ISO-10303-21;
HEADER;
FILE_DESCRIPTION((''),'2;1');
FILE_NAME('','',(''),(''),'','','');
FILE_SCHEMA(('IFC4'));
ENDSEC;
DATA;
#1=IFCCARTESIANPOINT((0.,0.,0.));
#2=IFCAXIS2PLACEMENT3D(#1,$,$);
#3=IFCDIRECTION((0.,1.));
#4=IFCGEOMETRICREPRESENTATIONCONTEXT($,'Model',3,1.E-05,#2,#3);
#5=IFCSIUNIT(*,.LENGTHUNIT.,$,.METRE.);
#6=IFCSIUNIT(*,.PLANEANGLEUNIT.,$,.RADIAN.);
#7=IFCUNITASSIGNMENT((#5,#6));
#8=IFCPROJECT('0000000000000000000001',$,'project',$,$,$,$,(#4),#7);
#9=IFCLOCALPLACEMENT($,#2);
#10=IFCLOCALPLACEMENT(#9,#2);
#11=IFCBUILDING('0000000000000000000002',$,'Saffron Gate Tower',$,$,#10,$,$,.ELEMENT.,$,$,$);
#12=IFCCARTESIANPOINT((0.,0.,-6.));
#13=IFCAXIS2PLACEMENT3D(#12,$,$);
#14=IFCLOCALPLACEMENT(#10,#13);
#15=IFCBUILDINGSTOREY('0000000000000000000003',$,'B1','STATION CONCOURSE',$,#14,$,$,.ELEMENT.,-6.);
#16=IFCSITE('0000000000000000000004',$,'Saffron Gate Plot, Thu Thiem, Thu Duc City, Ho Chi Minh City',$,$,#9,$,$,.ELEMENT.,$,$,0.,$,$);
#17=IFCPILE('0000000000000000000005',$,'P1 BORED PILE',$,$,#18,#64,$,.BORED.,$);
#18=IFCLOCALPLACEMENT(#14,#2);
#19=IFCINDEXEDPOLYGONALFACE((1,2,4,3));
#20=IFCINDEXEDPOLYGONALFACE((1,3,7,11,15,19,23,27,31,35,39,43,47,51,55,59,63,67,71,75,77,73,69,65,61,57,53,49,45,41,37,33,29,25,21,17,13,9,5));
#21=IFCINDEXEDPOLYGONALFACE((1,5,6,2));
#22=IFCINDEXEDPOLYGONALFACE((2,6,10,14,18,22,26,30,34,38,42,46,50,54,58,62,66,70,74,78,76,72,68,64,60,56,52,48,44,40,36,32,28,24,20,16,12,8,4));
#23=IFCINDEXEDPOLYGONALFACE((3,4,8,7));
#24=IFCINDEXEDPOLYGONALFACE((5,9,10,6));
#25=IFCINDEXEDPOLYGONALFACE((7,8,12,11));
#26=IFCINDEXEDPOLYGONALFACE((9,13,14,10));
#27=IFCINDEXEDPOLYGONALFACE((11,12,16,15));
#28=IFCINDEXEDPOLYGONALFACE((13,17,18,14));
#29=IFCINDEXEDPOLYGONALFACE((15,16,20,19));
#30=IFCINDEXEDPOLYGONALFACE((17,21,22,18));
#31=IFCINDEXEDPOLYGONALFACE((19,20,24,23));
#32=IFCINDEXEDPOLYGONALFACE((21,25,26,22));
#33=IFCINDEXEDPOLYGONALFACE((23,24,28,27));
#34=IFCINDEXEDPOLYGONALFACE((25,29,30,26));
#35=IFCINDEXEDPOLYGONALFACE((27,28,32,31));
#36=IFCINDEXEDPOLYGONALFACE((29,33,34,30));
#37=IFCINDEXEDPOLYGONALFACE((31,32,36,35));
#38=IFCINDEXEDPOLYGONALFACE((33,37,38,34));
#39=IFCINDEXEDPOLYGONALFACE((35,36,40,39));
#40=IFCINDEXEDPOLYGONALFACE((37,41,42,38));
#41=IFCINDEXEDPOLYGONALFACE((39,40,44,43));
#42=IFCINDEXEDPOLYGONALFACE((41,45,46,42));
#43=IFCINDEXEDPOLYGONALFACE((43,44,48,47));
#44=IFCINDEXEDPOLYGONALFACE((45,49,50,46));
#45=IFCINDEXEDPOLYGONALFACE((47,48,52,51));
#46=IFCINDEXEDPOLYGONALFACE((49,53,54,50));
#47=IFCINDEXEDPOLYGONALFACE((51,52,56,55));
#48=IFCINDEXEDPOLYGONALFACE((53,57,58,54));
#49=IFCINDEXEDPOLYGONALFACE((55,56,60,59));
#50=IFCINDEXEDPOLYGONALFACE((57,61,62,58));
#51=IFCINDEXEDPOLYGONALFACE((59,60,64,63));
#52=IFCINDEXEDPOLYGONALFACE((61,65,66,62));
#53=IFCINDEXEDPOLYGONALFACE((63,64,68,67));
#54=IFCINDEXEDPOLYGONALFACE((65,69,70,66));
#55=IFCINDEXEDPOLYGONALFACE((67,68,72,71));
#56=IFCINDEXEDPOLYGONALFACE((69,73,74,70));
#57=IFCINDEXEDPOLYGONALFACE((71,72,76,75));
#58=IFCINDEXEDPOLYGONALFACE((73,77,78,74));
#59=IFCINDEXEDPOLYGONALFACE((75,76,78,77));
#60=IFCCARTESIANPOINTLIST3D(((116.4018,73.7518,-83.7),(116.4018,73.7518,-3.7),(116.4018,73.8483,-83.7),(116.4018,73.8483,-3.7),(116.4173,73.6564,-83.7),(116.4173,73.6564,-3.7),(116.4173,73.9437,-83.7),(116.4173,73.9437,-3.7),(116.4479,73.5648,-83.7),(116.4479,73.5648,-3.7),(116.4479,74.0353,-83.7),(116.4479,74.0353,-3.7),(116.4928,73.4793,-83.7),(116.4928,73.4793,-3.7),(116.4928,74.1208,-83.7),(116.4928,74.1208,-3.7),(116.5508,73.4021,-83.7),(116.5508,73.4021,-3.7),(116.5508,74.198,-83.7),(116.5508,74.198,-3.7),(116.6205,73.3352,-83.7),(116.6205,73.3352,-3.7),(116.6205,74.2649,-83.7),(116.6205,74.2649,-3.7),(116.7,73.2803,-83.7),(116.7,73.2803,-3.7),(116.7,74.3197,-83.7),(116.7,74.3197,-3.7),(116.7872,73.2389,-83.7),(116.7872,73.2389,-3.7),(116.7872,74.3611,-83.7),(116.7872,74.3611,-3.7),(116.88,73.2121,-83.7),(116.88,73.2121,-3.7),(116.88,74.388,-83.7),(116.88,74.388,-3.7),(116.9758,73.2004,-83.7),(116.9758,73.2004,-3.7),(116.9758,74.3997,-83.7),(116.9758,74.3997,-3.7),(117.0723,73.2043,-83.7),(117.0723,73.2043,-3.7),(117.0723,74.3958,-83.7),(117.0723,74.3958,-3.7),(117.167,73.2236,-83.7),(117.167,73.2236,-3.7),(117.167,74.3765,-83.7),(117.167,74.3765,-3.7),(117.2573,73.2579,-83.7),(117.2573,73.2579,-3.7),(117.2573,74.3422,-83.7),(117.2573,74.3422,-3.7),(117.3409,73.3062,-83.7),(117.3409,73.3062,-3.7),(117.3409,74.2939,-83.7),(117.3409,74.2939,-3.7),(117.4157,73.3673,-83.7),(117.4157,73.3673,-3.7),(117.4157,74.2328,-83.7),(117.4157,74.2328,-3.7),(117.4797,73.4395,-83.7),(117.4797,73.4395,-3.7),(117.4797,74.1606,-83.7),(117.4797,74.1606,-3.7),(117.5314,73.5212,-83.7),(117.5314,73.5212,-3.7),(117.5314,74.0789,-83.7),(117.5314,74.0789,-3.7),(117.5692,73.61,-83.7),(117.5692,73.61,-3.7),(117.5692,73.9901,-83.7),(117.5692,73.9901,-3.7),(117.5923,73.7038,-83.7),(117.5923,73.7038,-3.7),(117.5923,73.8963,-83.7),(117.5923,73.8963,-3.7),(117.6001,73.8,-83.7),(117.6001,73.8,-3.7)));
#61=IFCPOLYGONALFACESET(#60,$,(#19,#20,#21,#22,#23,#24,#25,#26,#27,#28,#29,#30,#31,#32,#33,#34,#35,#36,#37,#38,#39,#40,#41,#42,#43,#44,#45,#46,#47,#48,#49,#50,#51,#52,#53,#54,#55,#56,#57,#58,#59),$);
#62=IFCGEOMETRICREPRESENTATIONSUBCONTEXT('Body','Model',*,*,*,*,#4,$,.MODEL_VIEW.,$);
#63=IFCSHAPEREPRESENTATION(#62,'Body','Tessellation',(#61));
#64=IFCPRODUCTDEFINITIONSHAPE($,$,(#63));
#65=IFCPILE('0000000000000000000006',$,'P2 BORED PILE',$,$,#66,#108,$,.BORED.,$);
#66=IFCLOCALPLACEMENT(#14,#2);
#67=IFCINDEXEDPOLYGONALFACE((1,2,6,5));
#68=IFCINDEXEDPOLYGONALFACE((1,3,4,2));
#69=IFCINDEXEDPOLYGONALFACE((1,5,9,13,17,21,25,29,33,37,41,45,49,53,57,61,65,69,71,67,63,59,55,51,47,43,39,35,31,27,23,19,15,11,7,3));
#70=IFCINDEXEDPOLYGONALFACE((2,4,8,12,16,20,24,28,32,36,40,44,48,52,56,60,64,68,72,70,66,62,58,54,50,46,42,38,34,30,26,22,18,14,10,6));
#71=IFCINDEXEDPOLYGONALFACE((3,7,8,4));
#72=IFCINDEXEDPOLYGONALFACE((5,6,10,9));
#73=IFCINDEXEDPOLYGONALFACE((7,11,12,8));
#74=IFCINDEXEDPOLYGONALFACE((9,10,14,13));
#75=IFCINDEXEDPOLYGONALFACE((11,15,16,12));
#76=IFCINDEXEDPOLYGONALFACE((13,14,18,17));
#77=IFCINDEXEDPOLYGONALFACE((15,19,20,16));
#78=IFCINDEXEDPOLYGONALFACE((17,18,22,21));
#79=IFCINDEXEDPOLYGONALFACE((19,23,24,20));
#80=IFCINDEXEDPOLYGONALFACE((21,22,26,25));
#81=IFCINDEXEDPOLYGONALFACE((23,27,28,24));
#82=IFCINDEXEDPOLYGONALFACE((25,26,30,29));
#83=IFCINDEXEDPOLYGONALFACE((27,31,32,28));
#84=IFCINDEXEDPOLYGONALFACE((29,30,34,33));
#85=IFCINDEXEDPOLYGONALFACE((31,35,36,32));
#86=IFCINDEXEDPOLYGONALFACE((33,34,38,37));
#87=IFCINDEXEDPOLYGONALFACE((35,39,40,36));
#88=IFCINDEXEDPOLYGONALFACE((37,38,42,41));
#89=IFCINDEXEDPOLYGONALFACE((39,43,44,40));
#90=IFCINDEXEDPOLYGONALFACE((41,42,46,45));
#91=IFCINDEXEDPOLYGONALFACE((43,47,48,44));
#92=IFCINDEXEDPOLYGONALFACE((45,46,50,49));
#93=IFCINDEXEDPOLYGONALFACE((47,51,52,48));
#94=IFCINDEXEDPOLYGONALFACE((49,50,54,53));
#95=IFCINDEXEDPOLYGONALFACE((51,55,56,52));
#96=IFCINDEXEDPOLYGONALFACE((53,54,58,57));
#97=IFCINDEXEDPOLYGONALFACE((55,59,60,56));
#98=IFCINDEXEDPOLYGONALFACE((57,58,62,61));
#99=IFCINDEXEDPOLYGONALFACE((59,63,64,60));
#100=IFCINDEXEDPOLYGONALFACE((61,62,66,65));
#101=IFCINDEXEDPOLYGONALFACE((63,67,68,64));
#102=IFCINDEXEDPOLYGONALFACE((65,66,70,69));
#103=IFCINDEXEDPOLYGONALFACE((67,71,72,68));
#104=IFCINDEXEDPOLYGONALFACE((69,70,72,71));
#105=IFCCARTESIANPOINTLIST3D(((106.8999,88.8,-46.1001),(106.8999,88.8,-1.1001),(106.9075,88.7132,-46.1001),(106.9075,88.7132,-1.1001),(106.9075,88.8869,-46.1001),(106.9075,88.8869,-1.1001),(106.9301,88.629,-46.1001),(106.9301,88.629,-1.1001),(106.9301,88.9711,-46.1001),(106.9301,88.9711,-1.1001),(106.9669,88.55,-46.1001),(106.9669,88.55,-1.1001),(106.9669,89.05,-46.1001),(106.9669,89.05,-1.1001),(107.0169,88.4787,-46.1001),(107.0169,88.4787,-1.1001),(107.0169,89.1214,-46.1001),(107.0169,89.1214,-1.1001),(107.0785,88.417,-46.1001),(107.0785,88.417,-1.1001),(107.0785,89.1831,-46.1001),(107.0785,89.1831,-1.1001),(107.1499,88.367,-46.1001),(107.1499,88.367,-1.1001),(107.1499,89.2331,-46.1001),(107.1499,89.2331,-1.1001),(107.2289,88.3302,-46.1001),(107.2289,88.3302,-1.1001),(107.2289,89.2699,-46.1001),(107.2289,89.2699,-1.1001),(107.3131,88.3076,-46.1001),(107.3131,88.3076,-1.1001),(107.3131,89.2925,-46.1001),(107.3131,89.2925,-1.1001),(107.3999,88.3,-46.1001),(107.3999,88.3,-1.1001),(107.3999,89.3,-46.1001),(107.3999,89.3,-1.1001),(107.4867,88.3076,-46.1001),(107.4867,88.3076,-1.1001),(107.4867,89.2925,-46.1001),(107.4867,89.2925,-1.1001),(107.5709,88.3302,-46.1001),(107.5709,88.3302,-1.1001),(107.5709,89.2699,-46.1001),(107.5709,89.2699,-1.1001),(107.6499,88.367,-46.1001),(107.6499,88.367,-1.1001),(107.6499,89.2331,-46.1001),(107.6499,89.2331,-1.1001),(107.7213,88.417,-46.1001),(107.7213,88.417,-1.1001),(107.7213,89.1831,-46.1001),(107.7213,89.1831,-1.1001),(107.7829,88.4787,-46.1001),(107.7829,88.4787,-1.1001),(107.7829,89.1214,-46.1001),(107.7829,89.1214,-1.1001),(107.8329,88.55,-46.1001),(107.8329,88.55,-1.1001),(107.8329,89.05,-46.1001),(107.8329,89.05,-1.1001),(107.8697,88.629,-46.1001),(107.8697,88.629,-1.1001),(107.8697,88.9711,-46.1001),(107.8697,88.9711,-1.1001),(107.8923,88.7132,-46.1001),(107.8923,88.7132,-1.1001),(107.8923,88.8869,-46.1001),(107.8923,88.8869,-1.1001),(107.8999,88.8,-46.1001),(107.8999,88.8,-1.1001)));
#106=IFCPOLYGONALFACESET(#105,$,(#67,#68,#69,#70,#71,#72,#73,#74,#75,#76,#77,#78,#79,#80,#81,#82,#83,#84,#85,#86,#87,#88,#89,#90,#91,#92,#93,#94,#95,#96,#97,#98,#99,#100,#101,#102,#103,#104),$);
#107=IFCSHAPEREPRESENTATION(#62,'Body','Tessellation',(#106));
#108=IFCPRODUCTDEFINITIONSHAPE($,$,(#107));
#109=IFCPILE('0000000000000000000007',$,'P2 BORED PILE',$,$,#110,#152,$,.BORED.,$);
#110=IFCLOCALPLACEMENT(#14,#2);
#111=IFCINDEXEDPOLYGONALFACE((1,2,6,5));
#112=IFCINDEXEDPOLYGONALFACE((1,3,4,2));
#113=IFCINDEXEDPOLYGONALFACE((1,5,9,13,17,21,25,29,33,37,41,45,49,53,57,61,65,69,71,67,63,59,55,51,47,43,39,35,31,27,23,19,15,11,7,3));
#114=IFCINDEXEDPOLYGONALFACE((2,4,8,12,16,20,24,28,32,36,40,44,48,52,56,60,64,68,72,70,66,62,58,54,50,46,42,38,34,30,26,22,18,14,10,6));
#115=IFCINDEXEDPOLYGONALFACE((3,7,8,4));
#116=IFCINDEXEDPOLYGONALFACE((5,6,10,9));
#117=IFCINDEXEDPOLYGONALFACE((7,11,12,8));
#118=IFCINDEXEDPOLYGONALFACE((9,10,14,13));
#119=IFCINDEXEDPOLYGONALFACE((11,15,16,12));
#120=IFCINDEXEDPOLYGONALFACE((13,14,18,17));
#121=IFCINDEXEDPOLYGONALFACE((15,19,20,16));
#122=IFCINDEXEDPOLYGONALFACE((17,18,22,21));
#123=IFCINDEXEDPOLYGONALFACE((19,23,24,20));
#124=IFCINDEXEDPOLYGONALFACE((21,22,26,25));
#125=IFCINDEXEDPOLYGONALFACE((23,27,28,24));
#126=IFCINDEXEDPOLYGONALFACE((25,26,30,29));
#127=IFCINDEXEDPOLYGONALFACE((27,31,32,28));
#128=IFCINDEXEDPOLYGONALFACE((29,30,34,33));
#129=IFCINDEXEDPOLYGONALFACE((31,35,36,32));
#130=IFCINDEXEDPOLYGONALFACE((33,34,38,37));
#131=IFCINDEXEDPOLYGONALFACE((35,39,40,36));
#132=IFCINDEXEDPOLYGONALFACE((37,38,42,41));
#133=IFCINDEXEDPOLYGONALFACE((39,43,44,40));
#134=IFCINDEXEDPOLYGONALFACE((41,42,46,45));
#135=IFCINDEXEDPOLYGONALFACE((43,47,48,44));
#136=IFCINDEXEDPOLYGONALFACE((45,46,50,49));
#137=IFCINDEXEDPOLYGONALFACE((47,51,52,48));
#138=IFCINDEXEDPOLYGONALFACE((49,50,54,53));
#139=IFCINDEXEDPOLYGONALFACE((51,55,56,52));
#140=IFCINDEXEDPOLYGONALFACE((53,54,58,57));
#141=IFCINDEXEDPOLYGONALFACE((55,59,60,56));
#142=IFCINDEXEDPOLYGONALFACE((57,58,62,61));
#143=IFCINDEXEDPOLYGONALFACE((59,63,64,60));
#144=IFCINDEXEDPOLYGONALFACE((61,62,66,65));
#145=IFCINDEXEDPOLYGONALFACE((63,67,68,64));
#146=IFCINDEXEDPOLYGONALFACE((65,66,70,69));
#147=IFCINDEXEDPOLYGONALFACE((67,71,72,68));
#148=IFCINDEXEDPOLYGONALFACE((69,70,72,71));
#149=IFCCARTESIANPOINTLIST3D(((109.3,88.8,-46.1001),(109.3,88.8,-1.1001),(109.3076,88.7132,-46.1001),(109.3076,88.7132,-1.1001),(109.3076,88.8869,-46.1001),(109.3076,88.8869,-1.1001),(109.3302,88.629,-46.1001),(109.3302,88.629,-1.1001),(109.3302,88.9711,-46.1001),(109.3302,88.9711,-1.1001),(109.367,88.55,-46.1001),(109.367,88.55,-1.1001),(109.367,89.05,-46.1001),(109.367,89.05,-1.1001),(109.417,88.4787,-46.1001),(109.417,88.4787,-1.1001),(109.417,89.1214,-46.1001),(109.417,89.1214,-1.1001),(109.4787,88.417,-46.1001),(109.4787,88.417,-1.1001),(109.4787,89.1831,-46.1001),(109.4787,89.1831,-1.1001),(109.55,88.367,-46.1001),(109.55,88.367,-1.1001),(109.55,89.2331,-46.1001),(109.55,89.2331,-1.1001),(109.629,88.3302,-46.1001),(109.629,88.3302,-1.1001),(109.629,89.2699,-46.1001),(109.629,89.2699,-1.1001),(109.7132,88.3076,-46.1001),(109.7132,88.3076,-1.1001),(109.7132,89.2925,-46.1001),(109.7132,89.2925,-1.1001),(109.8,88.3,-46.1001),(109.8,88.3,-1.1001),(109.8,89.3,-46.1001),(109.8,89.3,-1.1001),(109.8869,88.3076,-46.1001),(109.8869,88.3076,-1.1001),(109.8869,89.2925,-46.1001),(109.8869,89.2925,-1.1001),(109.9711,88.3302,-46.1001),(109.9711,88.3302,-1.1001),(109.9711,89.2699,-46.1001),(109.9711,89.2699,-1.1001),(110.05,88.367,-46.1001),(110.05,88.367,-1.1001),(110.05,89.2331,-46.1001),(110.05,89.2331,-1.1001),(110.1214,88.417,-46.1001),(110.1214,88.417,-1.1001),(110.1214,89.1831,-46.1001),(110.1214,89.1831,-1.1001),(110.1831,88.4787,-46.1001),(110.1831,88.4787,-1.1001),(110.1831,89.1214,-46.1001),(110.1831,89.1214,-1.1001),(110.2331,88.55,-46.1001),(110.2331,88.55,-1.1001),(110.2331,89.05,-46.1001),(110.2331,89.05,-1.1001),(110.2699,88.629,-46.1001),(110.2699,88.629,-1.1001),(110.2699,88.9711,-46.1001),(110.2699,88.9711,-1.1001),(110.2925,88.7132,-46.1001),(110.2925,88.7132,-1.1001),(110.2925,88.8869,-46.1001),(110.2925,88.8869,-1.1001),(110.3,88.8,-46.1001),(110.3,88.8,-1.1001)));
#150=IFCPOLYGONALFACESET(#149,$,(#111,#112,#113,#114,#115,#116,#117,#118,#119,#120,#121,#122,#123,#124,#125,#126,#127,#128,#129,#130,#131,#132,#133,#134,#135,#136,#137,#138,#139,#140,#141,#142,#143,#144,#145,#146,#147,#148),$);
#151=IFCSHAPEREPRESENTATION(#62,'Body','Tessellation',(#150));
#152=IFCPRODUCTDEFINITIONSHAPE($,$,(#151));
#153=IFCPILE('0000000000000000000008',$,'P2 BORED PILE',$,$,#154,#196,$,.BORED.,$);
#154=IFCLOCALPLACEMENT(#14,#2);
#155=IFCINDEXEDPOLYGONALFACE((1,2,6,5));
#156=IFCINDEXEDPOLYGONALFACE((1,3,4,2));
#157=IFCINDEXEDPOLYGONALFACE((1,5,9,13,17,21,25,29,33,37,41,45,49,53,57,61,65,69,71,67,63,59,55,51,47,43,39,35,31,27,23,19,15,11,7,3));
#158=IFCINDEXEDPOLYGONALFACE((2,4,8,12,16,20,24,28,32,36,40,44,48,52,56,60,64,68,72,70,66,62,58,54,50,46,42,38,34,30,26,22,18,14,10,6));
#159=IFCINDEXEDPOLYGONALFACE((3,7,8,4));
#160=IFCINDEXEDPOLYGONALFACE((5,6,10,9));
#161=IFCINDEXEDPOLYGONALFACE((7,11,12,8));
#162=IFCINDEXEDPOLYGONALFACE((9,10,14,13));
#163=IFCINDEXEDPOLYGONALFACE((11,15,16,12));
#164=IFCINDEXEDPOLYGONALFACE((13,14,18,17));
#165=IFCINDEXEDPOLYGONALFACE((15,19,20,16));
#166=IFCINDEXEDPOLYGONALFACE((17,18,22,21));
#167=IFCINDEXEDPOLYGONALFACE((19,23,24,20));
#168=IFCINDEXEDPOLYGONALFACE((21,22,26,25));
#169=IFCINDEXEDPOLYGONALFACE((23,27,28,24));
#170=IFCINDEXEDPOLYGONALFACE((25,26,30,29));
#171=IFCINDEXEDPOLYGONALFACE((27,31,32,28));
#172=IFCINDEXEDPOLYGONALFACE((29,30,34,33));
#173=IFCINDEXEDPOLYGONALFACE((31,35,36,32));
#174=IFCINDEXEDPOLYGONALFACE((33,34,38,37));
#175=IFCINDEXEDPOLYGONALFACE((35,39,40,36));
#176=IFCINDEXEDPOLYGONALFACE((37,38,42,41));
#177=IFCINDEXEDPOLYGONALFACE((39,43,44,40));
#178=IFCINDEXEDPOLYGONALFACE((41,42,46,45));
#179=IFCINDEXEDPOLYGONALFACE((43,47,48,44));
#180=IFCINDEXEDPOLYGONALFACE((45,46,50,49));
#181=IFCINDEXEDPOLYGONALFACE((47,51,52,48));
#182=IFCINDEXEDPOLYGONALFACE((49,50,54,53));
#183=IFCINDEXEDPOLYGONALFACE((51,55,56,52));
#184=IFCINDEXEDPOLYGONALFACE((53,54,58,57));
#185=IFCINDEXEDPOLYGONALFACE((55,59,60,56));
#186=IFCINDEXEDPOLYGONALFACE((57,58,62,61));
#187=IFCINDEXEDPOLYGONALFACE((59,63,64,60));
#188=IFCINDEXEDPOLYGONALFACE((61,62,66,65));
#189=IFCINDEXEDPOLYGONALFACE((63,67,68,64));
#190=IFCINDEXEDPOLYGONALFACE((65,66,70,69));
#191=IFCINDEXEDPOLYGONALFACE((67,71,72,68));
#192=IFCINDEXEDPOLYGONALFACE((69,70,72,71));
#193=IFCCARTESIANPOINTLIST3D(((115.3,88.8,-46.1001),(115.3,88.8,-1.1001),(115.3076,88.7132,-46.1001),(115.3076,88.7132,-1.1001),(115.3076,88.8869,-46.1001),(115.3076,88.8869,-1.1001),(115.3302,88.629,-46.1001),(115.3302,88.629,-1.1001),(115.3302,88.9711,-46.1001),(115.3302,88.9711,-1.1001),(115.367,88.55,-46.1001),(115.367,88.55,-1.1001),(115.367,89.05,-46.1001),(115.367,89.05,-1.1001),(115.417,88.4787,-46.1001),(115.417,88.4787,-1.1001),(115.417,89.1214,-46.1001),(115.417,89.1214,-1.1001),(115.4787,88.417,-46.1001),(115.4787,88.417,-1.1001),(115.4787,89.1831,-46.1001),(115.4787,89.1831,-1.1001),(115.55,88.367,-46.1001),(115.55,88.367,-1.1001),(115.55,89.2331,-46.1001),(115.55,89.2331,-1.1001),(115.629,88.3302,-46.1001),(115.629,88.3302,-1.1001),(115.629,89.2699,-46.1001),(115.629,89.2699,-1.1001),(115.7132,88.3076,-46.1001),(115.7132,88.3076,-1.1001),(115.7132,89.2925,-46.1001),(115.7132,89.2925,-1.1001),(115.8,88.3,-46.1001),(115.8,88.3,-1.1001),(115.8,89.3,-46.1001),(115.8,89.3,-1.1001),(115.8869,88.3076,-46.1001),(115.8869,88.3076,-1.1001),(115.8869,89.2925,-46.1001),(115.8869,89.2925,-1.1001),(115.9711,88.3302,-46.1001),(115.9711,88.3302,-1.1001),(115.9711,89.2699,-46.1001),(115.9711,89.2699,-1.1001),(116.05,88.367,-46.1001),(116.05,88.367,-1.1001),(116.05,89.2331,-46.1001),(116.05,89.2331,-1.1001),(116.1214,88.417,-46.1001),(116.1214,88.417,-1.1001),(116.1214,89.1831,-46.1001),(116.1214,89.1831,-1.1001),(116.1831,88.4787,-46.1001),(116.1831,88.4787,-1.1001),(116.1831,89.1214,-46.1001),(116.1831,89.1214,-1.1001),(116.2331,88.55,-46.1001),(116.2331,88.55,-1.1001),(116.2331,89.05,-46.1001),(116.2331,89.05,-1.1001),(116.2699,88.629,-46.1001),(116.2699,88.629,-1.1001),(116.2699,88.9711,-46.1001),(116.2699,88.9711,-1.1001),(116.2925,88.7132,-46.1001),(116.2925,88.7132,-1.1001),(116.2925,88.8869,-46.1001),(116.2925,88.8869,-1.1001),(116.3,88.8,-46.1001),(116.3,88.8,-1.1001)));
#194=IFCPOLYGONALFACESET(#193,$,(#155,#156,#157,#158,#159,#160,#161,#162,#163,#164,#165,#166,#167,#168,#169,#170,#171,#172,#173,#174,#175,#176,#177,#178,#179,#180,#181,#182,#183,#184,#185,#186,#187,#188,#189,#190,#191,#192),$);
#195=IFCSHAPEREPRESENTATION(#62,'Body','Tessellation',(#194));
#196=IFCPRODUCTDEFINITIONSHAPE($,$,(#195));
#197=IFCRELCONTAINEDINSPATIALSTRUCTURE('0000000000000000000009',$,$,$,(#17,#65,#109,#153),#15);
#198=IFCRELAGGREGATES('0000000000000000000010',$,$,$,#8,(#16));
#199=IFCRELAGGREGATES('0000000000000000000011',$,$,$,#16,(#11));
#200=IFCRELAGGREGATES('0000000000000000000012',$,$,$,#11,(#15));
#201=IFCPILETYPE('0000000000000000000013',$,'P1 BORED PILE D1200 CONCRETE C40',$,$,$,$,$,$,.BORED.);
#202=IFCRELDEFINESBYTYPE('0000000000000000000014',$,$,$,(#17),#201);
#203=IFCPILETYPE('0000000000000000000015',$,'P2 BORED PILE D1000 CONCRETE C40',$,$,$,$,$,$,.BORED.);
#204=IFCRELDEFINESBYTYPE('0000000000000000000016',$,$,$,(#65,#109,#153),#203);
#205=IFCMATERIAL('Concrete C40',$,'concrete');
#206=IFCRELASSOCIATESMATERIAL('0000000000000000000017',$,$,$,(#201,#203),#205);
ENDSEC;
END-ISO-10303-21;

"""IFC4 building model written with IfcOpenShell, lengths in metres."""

from ifc_helpers import new_model, si_unit, direction, frame, origin, origin_2d, place, context, subcontext, project, spatial, circle, extrude, material, material_profile, profile_set, type_object, element, save


model = new_model("IFC4")

# Units and contexts
model_context = context("Model", 3, precision=1e-05, world=origin(), true_north=direction((0.0, 1.0)))
body_context = subcontext(model_context, "Body", "Model", "MODEL_VIEW")
ifc_project = project(units=[si_unit("LENGTHUNIT", "METRE"), si_unit("PLANEANGLEUNIT", "RADIAN")], contexts=[model_context])

# Site, building, storey
site_placement = place(None, origin())
site = spatial("IfcSite", under=ifc_project, at=site_placement, Name="Saffron Gate Plot, Thu Thiem, Thu Duc City, Ho Chi Minh City", CompositionType="ELEMENT", RefElevation=0.0)
building_placement = place(site_placement, origin())
building = spatial("IfcBuilding", under=site, at=building_placement, Name="Saffron Gate Tower", CompositionType="ELEMENT")
storey_placement = place(building_placement, frame((0.0, 0.0, -6.0)))
storey = spatial("IfcBuildingStorey", under=building, at=storey_placement, Name="B1", Description="STATION CONCOURSE", CompositionType="ELEMENT", Elevation=-6.0)

# Piles
ifc_material_1 = material(Name="Concrete C40", Category="concrete")
ifc_material_profile_1 = material_profile(ifc_material_1, circle(Radius=0.6001, at=origin_2d()))
ifc_profile_set_1 = profile_set([ifc_material_profile_1], Name="Concrete C40")
pile_type_1 = type_object("IfcPileType", Name="P1 BORED PILE D1200 CONCRETE C40", PredefinedType="BORED", material=ifc_profile_set_1)
for number, where, z_axis, x_axis, name in (
    (1, (117.0, 73.8, -3.7), (0.0, 0.0, -1.0), (1.0, 0.0, 0.0), "P1 BORED PILE"),
):
    element("IfcPile", number, at=place(storey_placement, frame(where, z_axis=z_axis, x_axis=x_axis)), inside=storey, type_object=pile_type_1, Name=name, PredefinedType="BORED", context=body_context, shape_type="SweptSolid", body=[
        extrude(circle(Radius=0.6001, at=origin_2d()), origin(), (0.0, 0.0, 1.0), 80.0),
    ])
ifc_material_profile_2 = material_profile(ifc_material_1, circle(Radius=0.5, at=origin_2d()))
ifc_profile_set_2 = profile_set([ifc_material_profile_2], Name="Concrete C40")
pile_type_2 = type_object("IfcPileType", Name="P2 BORED PILE D1000 CONCRETE C40", PredefinedType="BORED", material=ifc_profile_set_2)
for number, where, z_axis, x_axis, name in (
    (2, (107.3999, 88.8, -1.1001), (0.0, 0.0, -1.0), (1.0, 0.0, 0.0), "P2 BORED PILE"),
    (3, (109.8, 88.8, -1.1001), (0.0, 0.0, -1.0), (1.0, 0.0, 0.0), "P2 BORED PILE"),
    (4, (115.8, 88.8, -1.1001), (0.0, 0.0, -1.0), (1.0, 0.0, 0.0), "P2 BORED PILE"),
):
    element("IfcPile", number, at=place(storey_placement, frame(where, z_axis=z_axis, x_axis=x_axis)), inside=storey, type_object=pile_type_2, Name=name, PredefinedType="BORED", context=body_context, shape_type="SweptSolid", body=[
        extrude(circle(Radius=0.5, at=origin_2d()), origin(), (0.0, 0.0, 1.0), 45.0),
    ])

save(model, "model.ifc")
